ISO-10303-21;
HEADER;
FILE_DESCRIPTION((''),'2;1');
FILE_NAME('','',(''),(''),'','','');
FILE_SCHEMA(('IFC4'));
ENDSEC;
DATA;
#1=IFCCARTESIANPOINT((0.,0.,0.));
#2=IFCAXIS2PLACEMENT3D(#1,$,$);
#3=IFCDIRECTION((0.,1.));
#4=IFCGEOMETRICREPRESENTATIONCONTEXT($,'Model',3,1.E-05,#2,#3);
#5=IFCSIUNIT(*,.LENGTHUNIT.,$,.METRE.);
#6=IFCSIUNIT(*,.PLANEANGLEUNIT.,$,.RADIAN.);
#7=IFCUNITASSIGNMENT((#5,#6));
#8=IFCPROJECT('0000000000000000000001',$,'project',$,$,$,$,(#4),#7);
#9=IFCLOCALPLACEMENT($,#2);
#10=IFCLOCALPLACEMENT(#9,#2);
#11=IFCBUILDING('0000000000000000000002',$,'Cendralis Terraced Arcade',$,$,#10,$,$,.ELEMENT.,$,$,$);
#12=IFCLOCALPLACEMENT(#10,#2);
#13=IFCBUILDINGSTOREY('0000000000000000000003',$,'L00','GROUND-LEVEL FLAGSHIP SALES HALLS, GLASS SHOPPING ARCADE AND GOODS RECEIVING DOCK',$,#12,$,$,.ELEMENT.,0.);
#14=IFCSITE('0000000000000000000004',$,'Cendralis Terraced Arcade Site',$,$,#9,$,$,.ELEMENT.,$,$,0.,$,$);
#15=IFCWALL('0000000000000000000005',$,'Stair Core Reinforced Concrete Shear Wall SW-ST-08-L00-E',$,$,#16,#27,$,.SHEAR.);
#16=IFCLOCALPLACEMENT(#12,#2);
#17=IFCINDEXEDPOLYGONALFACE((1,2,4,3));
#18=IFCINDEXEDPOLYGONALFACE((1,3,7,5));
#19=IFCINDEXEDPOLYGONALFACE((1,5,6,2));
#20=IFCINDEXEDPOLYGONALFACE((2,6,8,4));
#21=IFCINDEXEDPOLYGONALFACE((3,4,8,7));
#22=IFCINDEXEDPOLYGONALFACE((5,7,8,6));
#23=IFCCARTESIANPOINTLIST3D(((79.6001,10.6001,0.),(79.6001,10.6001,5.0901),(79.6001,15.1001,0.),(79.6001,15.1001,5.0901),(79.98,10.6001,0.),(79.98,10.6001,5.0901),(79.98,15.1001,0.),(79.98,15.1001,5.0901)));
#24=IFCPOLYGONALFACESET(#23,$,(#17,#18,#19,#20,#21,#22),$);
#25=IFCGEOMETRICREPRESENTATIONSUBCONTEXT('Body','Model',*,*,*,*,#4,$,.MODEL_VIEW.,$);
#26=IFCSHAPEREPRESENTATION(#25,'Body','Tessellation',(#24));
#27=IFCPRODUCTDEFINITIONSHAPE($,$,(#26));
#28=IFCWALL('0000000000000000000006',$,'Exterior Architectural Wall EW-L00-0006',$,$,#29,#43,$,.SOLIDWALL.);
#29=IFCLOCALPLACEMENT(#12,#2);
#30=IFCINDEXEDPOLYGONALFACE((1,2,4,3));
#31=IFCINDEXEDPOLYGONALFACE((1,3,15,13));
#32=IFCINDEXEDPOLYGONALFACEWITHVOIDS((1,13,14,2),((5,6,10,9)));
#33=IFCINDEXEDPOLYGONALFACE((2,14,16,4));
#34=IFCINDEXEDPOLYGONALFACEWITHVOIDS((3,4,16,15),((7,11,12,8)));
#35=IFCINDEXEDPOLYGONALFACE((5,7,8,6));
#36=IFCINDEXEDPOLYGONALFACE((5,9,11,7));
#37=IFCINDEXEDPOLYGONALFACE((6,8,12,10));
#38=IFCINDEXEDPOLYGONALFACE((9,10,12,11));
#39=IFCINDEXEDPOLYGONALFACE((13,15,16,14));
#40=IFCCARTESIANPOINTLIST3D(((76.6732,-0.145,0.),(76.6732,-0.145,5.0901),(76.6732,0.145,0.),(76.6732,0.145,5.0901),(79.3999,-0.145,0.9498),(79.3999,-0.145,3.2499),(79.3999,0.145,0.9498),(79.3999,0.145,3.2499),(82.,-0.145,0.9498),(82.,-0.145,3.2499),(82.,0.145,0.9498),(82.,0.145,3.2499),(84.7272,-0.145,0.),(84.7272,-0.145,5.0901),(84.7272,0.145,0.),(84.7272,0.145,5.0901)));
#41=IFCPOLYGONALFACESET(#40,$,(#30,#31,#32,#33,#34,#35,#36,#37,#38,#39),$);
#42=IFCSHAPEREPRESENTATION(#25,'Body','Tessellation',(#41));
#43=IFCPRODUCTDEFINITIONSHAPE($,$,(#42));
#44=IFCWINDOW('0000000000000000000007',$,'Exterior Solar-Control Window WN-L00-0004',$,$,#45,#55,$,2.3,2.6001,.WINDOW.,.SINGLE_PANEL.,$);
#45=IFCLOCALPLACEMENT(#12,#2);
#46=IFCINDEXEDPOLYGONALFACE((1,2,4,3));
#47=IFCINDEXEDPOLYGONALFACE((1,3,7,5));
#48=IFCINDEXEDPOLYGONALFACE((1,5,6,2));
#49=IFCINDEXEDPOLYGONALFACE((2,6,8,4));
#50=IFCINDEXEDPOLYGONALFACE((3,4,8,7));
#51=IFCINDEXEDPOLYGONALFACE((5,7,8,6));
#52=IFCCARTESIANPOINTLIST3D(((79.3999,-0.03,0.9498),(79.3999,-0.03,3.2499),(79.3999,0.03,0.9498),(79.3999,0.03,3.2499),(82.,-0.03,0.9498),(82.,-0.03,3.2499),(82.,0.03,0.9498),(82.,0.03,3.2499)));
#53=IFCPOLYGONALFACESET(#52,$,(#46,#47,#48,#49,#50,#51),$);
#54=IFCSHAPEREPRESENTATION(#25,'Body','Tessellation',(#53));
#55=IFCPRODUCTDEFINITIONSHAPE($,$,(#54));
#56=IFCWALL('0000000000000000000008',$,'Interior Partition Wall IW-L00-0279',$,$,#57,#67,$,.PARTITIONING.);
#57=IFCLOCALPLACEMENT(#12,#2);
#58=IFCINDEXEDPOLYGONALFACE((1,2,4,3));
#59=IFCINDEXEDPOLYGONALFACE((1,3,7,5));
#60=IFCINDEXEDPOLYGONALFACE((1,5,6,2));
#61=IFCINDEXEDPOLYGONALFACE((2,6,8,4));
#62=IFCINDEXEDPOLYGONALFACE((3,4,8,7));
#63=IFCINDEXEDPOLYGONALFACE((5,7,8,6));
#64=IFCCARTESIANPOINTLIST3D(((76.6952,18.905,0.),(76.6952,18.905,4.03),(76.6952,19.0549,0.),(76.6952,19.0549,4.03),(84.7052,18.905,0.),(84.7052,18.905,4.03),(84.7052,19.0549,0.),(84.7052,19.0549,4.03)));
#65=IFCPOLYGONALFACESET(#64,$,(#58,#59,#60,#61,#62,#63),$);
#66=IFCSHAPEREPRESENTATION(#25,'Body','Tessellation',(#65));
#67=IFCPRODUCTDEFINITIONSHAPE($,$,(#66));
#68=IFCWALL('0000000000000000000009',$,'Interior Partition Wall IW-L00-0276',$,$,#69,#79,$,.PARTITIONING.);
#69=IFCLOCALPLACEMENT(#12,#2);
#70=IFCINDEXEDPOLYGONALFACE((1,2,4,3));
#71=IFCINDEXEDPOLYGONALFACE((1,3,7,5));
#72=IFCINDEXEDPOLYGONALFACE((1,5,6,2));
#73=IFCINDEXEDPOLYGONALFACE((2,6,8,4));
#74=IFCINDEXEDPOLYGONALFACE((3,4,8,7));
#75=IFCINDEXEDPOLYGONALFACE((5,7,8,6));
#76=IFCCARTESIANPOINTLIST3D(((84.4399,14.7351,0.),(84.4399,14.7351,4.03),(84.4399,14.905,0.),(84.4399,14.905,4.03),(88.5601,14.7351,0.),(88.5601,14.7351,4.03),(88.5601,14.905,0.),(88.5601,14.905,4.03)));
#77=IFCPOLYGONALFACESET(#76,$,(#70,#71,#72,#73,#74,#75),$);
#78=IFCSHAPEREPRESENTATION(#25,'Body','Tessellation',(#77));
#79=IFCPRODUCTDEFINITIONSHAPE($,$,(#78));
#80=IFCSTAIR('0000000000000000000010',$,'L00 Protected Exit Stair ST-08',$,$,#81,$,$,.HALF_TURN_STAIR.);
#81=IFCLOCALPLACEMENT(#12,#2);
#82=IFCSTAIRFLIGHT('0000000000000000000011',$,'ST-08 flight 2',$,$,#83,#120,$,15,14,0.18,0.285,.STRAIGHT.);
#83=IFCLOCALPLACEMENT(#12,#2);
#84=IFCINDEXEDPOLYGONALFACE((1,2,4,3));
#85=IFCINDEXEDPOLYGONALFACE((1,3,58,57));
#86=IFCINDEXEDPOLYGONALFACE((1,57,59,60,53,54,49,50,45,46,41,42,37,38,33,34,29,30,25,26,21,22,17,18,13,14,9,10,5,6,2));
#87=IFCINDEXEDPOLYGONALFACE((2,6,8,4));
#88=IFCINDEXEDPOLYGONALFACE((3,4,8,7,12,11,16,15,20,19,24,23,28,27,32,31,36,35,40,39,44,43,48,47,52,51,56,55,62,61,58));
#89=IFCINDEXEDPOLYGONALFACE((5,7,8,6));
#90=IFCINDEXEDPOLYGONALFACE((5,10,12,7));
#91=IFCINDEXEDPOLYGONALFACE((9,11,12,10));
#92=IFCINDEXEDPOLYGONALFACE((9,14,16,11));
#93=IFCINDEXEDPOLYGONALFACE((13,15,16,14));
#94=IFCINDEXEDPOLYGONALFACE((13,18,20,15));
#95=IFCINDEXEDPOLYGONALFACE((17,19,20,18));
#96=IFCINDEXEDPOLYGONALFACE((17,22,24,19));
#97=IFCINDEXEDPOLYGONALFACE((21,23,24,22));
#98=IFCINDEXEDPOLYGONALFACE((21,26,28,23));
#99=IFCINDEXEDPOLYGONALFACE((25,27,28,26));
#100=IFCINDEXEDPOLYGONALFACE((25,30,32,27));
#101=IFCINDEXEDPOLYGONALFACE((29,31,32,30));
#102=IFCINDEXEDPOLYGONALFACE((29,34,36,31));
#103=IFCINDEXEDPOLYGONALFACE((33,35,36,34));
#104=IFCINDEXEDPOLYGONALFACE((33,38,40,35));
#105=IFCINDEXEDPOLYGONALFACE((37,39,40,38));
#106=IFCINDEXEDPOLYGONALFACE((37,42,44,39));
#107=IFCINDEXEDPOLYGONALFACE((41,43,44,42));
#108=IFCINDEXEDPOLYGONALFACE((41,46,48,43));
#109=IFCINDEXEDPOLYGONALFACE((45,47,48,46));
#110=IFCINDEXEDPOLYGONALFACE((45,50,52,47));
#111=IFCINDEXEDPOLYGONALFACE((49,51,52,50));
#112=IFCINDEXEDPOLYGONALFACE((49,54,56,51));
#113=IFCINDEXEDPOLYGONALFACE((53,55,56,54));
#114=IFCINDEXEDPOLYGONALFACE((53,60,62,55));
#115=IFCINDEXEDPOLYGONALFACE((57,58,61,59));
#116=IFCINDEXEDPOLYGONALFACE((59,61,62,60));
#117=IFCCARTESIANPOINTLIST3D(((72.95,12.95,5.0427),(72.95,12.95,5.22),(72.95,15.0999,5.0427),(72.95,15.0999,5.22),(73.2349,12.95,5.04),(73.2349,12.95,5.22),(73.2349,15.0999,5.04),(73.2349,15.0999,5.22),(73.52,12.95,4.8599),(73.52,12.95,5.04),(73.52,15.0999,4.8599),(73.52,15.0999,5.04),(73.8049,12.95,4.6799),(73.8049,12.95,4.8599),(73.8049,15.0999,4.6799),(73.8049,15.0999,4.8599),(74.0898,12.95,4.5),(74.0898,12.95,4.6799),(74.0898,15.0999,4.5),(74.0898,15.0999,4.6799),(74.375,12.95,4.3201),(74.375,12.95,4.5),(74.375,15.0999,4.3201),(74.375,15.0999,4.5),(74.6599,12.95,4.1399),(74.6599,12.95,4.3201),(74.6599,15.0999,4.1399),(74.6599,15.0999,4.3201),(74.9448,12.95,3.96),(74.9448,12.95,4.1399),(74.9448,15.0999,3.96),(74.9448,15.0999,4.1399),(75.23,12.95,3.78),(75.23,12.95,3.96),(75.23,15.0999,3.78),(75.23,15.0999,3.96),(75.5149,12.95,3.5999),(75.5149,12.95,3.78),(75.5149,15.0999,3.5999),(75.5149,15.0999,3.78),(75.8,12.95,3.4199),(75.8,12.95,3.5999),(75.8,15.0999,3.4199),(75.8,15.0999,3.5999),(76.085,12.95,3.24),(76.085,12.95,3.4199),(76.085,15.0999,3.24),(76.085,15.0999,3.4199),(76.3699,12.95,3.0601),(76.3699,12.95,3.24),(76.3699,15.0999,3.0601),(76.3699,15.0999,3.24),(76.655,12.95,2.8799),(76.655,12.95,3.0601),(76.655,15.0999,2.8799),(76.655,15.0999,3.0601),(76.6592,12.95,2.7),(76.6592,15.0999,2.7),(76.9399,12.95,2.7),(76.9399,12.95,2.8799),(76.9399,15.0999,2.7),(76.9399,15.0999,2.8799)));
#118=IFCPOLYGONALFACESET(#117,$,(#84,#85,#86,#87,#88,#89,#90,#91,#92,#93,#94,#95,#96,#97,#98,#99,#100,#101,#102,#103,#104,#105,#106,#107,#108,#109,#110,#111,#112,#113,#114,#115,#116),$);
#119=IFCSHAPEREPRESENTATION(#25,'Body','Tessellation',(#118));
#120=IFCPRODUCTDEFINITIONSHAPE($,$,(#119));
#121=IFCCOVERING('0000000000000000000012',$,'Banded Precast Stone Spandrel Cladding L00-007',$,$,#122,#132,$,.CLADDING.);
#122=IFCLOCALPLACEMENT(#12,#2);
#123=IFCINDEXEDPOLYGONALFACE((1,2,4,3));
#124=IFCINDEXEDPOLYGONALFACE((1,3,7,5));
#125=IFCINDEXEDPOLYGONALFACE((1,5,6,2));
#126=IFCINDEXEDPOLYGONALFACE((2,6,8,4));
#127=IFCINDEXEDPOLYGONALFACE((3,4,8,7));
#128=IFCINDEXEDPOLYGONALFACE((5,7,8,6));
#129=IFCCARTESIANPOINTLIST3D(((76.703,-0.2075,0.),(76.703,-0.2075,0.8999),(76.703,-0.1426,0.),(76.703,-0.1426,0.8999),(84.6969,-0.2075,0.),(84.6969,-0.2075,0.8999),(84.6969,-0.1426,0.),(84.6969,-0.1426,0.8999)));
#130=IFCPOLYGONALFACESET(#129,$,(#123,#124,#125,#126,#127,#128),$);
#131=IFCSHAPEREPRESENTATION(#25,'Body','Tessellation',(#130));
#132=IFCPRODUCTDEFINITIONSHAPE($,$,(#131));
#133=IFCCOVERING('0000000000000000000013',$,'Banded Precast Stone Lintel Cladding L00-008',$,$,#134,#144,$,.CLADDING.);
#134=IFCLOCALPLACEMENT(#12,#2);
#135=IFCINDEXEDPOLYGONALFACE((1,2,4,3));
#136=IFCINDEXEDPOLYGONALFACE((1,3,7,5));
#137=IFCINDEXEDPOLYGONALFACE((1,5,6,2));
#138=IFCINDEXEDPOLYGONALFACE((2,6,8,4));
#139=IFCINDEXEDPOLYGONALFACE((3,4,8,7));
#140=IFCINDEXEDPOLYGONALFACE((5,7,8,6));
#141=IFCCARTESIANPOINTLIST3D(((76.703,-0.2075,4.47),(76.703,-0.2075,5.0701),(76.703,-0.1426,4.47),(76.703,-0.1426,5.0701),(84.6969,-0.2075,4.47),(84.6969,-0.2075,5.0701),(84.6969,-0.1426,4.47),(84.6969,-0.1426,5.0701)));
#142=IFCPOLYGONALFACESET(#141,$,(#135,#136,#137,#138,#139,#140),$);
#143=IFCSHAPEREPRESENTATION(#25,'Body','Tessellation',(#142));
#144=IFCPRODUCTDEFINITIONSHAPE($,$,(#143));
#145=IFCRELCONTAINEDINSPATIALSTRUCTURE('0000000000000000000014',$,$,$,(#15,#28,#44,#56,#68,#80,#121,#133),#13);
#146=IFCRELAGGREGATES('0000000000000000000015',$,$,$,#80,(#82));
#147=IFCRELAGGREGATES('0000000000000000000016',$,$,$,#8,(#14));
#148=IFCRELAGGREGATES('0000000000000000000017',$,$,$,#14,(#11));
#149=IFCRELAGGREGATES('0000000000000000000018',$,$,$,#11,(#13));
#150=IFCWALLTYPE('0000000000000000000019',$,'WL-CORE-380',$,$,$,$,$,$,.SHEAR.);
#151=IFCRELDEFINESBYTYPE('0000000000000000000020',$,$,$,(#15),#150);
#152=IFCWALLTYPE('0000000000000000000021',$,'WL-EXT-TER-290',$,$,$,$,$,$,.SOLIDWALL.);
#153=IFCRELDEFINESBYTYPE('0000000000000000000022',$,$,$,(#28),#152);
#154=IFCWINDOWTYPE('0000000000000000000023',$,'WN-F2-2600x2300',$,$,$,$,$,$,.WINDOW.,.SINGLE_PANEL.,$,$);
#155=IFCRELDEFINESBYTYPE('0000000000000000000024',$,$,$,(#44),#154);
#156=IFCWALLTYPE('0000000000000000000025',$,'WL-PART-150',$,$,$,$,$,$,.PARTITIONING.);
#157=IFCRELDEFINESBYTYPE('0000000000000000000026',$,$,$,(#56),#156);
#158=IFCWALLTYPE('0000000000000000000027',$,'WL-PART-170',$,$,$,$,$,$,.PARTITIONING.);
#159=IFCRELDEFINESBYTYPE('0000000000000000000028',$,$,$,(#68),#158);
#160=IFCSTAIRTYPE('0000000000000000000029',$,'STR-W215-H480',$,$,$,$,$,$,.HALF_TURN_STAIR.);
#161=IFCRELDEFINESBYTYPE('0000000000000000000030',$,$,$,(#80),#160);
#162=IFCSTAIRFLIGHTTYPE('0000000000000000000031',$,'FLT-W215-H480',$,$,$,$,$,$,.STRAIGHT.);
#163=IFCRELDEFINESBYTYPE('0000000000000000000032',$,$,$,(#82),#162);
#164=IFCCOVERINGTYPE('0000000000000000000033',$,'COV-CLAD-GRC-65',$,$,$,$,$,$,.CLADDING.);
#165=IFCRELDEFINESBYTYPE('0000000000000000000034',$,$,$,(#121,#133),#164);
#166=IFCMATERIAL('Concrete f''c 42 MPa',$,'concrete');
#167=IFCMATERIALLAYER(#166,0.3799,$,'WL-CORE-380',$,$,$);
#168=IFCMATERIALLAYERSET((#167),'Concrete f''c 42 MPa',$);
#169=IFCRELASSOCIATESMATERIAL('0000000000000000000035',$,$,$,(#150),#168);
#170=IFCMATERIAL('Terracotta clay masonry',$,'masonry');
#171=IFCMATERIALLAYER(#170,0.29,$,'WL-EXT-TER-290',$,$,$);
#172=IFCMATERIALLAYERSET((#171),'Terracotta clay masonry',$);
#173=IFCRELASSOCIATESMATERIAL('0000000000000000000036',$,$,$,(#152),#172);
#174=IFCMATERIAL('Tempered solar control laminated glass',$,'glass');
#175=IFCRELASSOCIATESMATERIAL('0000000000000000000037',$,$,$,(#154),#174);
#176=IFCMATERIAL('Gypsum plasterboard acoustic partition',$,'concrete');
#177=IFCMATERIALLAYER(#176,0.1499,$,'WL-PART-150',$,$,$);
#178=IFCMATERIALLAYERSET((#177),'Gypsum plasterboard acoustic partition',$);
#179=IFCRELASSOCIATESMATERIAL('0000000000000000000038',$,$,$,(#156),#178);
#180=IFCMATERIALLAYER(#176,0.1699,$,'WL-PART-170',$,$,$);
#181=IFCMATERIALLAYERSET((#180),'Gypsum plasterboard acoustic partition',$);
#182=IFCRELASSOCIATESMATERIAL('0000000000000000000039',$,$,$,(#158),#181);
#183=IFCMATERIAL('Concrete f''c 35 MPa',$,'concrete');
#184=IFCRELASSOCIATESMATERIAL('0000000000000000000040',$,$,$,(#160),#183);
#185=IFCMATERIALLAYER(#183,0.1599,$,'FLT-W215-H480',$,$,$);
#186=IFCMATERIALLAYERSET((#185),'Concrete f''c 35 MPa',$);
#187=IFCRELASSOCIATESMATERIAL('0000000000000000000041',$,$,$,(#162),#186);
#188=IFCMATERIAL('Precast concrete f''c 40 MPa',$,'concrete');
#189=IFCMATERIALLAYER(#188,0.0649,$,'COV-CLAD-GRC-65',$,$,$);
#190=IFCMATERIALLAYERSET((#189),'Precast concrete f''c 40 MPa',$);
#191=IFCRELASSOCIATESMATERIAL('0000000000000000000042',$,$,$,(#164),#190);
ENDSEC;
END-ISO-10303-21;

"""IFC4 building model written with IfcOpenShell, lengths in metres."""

from ifc_helpers import new_model, si_unit, direction, frame, frame_2d, origin, origin_2d, place, context, subcontext, project, spatial, polyline, rectangle, outline, extrude, material, layer, layer_set, type_object, element, fill, aggregate, save


model = new_model("IFC4")

# Units and contexts
model_context = context("Model", 3, precision=1e-05, world=origin(), true_north=direction((0.0, 1.0)))
body_context = subcontext(model_context, "Body", "Model", "MODEL_VIEW")
ifc_project = project(units=[si_unit("LENGTHUNIT", "METRE"), si_unit("PLANEANGLEUNIT", "RADIAN")], contexts=[model_context])

# Site, building, storey
site_placement = place(None, origin())
site = spatial("IfcSite", under=ifc_project, at=site_placement, Name="Cendralis Terraced Arcade Site", CompositionType="ELEMENT", RefElevation=0.0)
building_placement = place(site_placement, origin())
building = spatial("IfcBuilding", under=site, at=building_placement, Name="Cendralis Terraced Arcade", CompositionType="ELEMENT")
storey_placement = place(building_placement, origin())
storey = spatial("IfcBuildingStorey", under=building, at=storey_placement, Name="L00", Description="GROUND-LEVEL FLAGSHIP SALES HALLS, GLASS SHOPPING ARCADE AND GOODS RECEIVING DOCK", CompositionType="ELEMENT", Elevation=0.0)

# Shared definitions
ifc_material_1 = material(Name="Concrete f'c 35 MPa", Category="concrete")

# Shared definitions
ifc_material_2 = material(Name="Concrete f'c 42 MPa", Category="concrete")

# Wall
ifc_layer_1 = layer(ifc_material_2, 0.3799, Name="WL-CORE-380")
ifc_layer_set_1 = layer_set([ifc_layer_1], Name="Concrete f'c 42 MPa")
wall_type_1 = type_object("IfcWallType", Name="WL-CORE-380", PredefinedType="SHEAR", material=ifc_layer_set_1)
wall_1_placement = place(storey_placement, frame((79.79, 10.6001, 0.0), z_axis=(0.0, 0.0, 1.0), x_axis=(0.0, 1.0, 0.0)))
element("IfcWall", 1, at=wall_1_placement, inside=storey, type_object=wall_type_1, Name="Stair Core Reinforced Concrete Shear Wall SW-ST-08-L00-E", PredefinedType="SHEAR", context=body_context, shape_type="SweptSolid", body=[
    extrude(rectangle(XDim=4.5, YDim=0.3799, at=frame_2d((2.25, 0.0))), origin(), (0.0, 0.0, 1.0), 5.0901),
])

# Wall, opening, window
ifc_material_3 = material(Name="Terracotta clay masonry", Category="masonry")
ifc_layer_2 = layer(ifc_material_3, 0.29, Name="WL-EXT-TER-290")
ifc_layer_set_2 = layer_set([ifc_layer_2], Name="Terracotta clay masonry")
wall_type_2 = type_object("IfcWallType", Name="WL-EXT-TER-290", PredefinedType="SOLIDWALL", material=ifc_layer_set_2)
wall_2_placement = place(storey_placement, frame((84.7271, 0.0, 0.0), z_axis=(0.0, 0.0, 1.0), x_axis=(-1.0, 0.0, 0.0)))
wall_2 = element("IfcWall", 2, at=wall_2_placement, inside=storey, type_object=wall_type_2, Name="Exterior Architectural Wall EW-L00-0006", PredefinedType="SOLIDWALL", context=body_context, shape_type="SweptSolid", body=[
    extrude(rectangle(XDim=8.054, YDim=0.29, at=frame_2d((4.0269, 0.0))), origin(), (0.0, 0.0, 1.0), 5.0901),
])
opening_1_placement = place(wall_2_placement, frame((2.7271, 0.0, 0.95)))
opening_1 = element("IfcOpeningElement", 3, at=opening_1_placement, cuts=wall_2, PredefinedType="OPENING", context=body_context, shape_type="SweptSolid", body=[
    extrude(rectangle(XDim=2.6001, YDim=2.3, at=frame_2d((1.3, 1.1499))), frame((0.0, 0.157, 0.0), z_axis=(0.0, -1.0, 0.0), x_axis=(1.0, 0.0, 0.0)), (0.0, 0.0, 1.0), 0.314),
])
ifc_material_4 = material(Name="Tempered solar control laminated glass", Category="glass")
window_type = type_object("IfcWindowType", Name="WN-F2-2600x2300", PartitioningType="SINGLE_PANEL", PredefinedType="WINDOW", material=ifc_material_4)
window_placement = place(opening_1_placement, origin())
window = element("IfcWindow", 4, at=window_placement, inside=storey, type_object=window_type, Name="Exterior Solar-Control Window WN-L00-0004", OverallHeight=2.3, OverallWidth=2.6001, PartitioningType="SINGLE_PANEL", PredefinedType="WINDOW", context=body_context, shape_type="SweptSolid", body=[
    extrude(rectangle(XDim=2.6001, YDim=2.3, at=frame_2d((1.3, 1.1499))), frame((0.0, 0.03, 0.0), z_axis=(0.0, -1.0, 0.0), x_axis=(1.0, 0.0, 0.0)), (0.0, 0.0, 1.0), 0.0601),
])
fill(opening_1, window)

# Walls
ifc_material_5 = material(Name="Gypsum plasterboard acoustic partition", Category="concrete")
ifc_layer_3 = layer(ifc_material_5, 0.1499, Name="WL-PART-150")
ifc_layer_set_3 = layer_set([ifc_layer_3], Name="Gypsum plasterboard acoustic partition")
wall_type_3 = type_object("IfcWallType", Name="WL-PART-150", PredefinedType="PARTITIONING", material=ifc_layer_set_3)
wall_3_placement = place(storey_placement, frame((84.7051, 18.98, 0.0), z_axis=(0.0, 0.0, 1.0), x_axis=(-1.0, 0.0, 0.0)))
element("IfcWall", 5, at=wall_3_placement, inside=storey, type_object=wall_type_3, Name="Interior Partition Wall IW-L00-0279", PredefinedType="PARTITIONING", context=body_context, shape_type="SweptSolid", body=[
    extrude(rectangle(XDim=8.01, YDim=0.1499, at=frame_2d((4.0049, 0.0))), origin(), (0.0, 0.0, 1.0), 4.03),
])
ifc_layer_4 = layer(ifc_material_5, 0.1699, Name="WL-PART-170")
ifc_layer_set_4 = layer_set([ifc_layer_4], Name="Gypsum plasterboard acoustic partition")
wall_type_4 = type_object("IfcWallType", Name="WL-PART-170", PredefinedType="PARTITIONING", material=ifc_layer_set_4)
wall_4_placement = place(storey_placement, frame((84.4399, 14.8201, 0.0), z_axis=(0.0, 0.0, 1.0), x_axis=(1.0, 0.0, 0.0)))
element("IfcWall", 6, at=wall_4_placement, inside=storey, type_object=wall_type_4, Name="Interior Partition Wall IW-L00-0276", PredefinedType="PARTITIONING", context=body_context, shape_type="SweptSolid", body=[
    extrude(rectangle(XDim=4.1201, YDim=0.1699, at=frame_2d((2.0601, 0.0))), origin(), (0.0, 0.0, 1.0), 4.03),
])

# Stair, stair flight
stair_type = type_object("IfcStairType", Name="STR-W215-H480", PredefinedType="HALF_TURN_STAIR", material=ifc_material_1)
stair_placement = place(storey_placement, origin())
stair = element("IfcStair", 7, at=stair_placement, inside=storey, type_object=stair_type, Name="L00 Protected Exit Stair ST-08", PredefinedType="HALF_TURN_STAIR")
ifc_layer_5 = layer(ifc_material_1, 0.1599, Name="FLT-W215-H480")
ifc_layer_set_5 = layer_set([ifc_layer_5], Name="Concrete f'c 35 MPa")
stair_flight_type = type_object("IfcStairFlightType", Name="FLT-W215-H480", PredefinedType="STRAIGHT", material=ifc_layer_set_5)
stair_flight_placement = place(storey_placement, frame((76.9399, 14.0249, 2.7), z_axis=(0.0, 0.0, 1.0), x_axis=(-1.0, 0.0, 0.0)))
stair_flight = element("IfcStairFlight", 8, at=stair_flight_placement, type_object=stair_flight_type, Name="ST-08 flight 2", NumberOfRisers=15, NumberOfTreads=14, PredefinedType="STRAIGHT", RiserHeight=0.18, TreadLength=0.285, context=body_context, shape_type="SweptSolid", body=[
    extrude(outline(polyline([(0.0, 0.0), (0.0, 0.1799), (0.2849, 0.1799), (0.2849, 0.3601), (0.5701, 0.3601), (0.5701, 0.54), (0.855, 0.54), (0.855, 0.72), (1.1399, 0.72), (1.1399, 0.8999), (1.425, 0.8999), (1.425, 1.0801), (1.71, 1.0801), (1.71, 1.26), (1.9951, 1.26), (1.9951, 1.4399), (2.28, 1.4399), (2.28, 1.6201), (2.5649, 1.6201), (2.5649, 1.8), (2.8501, 1.8), (2.8501, 1.98), (3.135, 1.98), (3.135, 2.1599), (3.4199, 2.1599), (3.4199, 2.3401), (3.7051, 2.3401), (3.7051, 2.52), (3.99, 2.52), (3.99, 2.7), (3.99, 2.3428), (0.2808, 0.0), (0.0, 0.0)])), frame((0.0, 1.075, 0.0), z_axis=(0.0, -1.0, 0.0), x_axis=(1.0, 0.0, 0.0)), (0.0, 0.0, 1.0), 2.1499),
])
aggregate(stair, [stair_flight])

# Coverings
ifc_material_6 = material(Name="Precast concrete f'c 40 MPa", Category="concrete")
ifc_layer_6 = layer(ifc_material_6, 0.0649, Name="COV-CLAD-GRC-65")
ifc_layer_set_6 = layer_set([ifc_layer_6], Name="Precast concrete f'c 40 MPa")
covering_type = type_object("IfcCoveringType", Name="COV-CLAD-GRC-65", PredefinedType="CLADDING", material=ifc_layer_set_6)
covering_1_placement = place(storey_placement, frame((80.7, -0.175, 0.0), z_axis=(0.0, 0.0, 1.0), x_axis=(-1.0, 0.0, 0.0)))
element("IfcCovering", 9, at=covering_1_placement, inside=storey, type_object=covering_type, Name="Banded Precast Stone Spandrel Cladding L00-007", PredefinedType="CLADDING", context=body_context, shape_type="SweptSolid", body=[
    extrude(rectangle(XDim=7.9939, YDim=0.0649, at=origin_2d()), origin(), (0.0, 0.0, 1.0), 0.8999),
])
covering_2_placement = place(storey_placement, frame((80.7, -0.175, 4.47), z_axis=(0.0, 0.0, 1.0), x_axis=(-1.0, 0.0, 0.0)))
element("IfcCovering", 10, at=covering_2_placement, inside=storey, type_object=covering_type, Name="Banded Precast Stone Lintel Cladding L00-008", PredefinedType="CLADDING", context=body_context, shape_type="SweptSolid", body=[
    extrude(rectangle(XDim=7.9939, YDim=0.0649, at=origin_2d()), origin(), (0.0, 0.0, 1.0), 0.6001),
])

save(model, "model.ifc")
